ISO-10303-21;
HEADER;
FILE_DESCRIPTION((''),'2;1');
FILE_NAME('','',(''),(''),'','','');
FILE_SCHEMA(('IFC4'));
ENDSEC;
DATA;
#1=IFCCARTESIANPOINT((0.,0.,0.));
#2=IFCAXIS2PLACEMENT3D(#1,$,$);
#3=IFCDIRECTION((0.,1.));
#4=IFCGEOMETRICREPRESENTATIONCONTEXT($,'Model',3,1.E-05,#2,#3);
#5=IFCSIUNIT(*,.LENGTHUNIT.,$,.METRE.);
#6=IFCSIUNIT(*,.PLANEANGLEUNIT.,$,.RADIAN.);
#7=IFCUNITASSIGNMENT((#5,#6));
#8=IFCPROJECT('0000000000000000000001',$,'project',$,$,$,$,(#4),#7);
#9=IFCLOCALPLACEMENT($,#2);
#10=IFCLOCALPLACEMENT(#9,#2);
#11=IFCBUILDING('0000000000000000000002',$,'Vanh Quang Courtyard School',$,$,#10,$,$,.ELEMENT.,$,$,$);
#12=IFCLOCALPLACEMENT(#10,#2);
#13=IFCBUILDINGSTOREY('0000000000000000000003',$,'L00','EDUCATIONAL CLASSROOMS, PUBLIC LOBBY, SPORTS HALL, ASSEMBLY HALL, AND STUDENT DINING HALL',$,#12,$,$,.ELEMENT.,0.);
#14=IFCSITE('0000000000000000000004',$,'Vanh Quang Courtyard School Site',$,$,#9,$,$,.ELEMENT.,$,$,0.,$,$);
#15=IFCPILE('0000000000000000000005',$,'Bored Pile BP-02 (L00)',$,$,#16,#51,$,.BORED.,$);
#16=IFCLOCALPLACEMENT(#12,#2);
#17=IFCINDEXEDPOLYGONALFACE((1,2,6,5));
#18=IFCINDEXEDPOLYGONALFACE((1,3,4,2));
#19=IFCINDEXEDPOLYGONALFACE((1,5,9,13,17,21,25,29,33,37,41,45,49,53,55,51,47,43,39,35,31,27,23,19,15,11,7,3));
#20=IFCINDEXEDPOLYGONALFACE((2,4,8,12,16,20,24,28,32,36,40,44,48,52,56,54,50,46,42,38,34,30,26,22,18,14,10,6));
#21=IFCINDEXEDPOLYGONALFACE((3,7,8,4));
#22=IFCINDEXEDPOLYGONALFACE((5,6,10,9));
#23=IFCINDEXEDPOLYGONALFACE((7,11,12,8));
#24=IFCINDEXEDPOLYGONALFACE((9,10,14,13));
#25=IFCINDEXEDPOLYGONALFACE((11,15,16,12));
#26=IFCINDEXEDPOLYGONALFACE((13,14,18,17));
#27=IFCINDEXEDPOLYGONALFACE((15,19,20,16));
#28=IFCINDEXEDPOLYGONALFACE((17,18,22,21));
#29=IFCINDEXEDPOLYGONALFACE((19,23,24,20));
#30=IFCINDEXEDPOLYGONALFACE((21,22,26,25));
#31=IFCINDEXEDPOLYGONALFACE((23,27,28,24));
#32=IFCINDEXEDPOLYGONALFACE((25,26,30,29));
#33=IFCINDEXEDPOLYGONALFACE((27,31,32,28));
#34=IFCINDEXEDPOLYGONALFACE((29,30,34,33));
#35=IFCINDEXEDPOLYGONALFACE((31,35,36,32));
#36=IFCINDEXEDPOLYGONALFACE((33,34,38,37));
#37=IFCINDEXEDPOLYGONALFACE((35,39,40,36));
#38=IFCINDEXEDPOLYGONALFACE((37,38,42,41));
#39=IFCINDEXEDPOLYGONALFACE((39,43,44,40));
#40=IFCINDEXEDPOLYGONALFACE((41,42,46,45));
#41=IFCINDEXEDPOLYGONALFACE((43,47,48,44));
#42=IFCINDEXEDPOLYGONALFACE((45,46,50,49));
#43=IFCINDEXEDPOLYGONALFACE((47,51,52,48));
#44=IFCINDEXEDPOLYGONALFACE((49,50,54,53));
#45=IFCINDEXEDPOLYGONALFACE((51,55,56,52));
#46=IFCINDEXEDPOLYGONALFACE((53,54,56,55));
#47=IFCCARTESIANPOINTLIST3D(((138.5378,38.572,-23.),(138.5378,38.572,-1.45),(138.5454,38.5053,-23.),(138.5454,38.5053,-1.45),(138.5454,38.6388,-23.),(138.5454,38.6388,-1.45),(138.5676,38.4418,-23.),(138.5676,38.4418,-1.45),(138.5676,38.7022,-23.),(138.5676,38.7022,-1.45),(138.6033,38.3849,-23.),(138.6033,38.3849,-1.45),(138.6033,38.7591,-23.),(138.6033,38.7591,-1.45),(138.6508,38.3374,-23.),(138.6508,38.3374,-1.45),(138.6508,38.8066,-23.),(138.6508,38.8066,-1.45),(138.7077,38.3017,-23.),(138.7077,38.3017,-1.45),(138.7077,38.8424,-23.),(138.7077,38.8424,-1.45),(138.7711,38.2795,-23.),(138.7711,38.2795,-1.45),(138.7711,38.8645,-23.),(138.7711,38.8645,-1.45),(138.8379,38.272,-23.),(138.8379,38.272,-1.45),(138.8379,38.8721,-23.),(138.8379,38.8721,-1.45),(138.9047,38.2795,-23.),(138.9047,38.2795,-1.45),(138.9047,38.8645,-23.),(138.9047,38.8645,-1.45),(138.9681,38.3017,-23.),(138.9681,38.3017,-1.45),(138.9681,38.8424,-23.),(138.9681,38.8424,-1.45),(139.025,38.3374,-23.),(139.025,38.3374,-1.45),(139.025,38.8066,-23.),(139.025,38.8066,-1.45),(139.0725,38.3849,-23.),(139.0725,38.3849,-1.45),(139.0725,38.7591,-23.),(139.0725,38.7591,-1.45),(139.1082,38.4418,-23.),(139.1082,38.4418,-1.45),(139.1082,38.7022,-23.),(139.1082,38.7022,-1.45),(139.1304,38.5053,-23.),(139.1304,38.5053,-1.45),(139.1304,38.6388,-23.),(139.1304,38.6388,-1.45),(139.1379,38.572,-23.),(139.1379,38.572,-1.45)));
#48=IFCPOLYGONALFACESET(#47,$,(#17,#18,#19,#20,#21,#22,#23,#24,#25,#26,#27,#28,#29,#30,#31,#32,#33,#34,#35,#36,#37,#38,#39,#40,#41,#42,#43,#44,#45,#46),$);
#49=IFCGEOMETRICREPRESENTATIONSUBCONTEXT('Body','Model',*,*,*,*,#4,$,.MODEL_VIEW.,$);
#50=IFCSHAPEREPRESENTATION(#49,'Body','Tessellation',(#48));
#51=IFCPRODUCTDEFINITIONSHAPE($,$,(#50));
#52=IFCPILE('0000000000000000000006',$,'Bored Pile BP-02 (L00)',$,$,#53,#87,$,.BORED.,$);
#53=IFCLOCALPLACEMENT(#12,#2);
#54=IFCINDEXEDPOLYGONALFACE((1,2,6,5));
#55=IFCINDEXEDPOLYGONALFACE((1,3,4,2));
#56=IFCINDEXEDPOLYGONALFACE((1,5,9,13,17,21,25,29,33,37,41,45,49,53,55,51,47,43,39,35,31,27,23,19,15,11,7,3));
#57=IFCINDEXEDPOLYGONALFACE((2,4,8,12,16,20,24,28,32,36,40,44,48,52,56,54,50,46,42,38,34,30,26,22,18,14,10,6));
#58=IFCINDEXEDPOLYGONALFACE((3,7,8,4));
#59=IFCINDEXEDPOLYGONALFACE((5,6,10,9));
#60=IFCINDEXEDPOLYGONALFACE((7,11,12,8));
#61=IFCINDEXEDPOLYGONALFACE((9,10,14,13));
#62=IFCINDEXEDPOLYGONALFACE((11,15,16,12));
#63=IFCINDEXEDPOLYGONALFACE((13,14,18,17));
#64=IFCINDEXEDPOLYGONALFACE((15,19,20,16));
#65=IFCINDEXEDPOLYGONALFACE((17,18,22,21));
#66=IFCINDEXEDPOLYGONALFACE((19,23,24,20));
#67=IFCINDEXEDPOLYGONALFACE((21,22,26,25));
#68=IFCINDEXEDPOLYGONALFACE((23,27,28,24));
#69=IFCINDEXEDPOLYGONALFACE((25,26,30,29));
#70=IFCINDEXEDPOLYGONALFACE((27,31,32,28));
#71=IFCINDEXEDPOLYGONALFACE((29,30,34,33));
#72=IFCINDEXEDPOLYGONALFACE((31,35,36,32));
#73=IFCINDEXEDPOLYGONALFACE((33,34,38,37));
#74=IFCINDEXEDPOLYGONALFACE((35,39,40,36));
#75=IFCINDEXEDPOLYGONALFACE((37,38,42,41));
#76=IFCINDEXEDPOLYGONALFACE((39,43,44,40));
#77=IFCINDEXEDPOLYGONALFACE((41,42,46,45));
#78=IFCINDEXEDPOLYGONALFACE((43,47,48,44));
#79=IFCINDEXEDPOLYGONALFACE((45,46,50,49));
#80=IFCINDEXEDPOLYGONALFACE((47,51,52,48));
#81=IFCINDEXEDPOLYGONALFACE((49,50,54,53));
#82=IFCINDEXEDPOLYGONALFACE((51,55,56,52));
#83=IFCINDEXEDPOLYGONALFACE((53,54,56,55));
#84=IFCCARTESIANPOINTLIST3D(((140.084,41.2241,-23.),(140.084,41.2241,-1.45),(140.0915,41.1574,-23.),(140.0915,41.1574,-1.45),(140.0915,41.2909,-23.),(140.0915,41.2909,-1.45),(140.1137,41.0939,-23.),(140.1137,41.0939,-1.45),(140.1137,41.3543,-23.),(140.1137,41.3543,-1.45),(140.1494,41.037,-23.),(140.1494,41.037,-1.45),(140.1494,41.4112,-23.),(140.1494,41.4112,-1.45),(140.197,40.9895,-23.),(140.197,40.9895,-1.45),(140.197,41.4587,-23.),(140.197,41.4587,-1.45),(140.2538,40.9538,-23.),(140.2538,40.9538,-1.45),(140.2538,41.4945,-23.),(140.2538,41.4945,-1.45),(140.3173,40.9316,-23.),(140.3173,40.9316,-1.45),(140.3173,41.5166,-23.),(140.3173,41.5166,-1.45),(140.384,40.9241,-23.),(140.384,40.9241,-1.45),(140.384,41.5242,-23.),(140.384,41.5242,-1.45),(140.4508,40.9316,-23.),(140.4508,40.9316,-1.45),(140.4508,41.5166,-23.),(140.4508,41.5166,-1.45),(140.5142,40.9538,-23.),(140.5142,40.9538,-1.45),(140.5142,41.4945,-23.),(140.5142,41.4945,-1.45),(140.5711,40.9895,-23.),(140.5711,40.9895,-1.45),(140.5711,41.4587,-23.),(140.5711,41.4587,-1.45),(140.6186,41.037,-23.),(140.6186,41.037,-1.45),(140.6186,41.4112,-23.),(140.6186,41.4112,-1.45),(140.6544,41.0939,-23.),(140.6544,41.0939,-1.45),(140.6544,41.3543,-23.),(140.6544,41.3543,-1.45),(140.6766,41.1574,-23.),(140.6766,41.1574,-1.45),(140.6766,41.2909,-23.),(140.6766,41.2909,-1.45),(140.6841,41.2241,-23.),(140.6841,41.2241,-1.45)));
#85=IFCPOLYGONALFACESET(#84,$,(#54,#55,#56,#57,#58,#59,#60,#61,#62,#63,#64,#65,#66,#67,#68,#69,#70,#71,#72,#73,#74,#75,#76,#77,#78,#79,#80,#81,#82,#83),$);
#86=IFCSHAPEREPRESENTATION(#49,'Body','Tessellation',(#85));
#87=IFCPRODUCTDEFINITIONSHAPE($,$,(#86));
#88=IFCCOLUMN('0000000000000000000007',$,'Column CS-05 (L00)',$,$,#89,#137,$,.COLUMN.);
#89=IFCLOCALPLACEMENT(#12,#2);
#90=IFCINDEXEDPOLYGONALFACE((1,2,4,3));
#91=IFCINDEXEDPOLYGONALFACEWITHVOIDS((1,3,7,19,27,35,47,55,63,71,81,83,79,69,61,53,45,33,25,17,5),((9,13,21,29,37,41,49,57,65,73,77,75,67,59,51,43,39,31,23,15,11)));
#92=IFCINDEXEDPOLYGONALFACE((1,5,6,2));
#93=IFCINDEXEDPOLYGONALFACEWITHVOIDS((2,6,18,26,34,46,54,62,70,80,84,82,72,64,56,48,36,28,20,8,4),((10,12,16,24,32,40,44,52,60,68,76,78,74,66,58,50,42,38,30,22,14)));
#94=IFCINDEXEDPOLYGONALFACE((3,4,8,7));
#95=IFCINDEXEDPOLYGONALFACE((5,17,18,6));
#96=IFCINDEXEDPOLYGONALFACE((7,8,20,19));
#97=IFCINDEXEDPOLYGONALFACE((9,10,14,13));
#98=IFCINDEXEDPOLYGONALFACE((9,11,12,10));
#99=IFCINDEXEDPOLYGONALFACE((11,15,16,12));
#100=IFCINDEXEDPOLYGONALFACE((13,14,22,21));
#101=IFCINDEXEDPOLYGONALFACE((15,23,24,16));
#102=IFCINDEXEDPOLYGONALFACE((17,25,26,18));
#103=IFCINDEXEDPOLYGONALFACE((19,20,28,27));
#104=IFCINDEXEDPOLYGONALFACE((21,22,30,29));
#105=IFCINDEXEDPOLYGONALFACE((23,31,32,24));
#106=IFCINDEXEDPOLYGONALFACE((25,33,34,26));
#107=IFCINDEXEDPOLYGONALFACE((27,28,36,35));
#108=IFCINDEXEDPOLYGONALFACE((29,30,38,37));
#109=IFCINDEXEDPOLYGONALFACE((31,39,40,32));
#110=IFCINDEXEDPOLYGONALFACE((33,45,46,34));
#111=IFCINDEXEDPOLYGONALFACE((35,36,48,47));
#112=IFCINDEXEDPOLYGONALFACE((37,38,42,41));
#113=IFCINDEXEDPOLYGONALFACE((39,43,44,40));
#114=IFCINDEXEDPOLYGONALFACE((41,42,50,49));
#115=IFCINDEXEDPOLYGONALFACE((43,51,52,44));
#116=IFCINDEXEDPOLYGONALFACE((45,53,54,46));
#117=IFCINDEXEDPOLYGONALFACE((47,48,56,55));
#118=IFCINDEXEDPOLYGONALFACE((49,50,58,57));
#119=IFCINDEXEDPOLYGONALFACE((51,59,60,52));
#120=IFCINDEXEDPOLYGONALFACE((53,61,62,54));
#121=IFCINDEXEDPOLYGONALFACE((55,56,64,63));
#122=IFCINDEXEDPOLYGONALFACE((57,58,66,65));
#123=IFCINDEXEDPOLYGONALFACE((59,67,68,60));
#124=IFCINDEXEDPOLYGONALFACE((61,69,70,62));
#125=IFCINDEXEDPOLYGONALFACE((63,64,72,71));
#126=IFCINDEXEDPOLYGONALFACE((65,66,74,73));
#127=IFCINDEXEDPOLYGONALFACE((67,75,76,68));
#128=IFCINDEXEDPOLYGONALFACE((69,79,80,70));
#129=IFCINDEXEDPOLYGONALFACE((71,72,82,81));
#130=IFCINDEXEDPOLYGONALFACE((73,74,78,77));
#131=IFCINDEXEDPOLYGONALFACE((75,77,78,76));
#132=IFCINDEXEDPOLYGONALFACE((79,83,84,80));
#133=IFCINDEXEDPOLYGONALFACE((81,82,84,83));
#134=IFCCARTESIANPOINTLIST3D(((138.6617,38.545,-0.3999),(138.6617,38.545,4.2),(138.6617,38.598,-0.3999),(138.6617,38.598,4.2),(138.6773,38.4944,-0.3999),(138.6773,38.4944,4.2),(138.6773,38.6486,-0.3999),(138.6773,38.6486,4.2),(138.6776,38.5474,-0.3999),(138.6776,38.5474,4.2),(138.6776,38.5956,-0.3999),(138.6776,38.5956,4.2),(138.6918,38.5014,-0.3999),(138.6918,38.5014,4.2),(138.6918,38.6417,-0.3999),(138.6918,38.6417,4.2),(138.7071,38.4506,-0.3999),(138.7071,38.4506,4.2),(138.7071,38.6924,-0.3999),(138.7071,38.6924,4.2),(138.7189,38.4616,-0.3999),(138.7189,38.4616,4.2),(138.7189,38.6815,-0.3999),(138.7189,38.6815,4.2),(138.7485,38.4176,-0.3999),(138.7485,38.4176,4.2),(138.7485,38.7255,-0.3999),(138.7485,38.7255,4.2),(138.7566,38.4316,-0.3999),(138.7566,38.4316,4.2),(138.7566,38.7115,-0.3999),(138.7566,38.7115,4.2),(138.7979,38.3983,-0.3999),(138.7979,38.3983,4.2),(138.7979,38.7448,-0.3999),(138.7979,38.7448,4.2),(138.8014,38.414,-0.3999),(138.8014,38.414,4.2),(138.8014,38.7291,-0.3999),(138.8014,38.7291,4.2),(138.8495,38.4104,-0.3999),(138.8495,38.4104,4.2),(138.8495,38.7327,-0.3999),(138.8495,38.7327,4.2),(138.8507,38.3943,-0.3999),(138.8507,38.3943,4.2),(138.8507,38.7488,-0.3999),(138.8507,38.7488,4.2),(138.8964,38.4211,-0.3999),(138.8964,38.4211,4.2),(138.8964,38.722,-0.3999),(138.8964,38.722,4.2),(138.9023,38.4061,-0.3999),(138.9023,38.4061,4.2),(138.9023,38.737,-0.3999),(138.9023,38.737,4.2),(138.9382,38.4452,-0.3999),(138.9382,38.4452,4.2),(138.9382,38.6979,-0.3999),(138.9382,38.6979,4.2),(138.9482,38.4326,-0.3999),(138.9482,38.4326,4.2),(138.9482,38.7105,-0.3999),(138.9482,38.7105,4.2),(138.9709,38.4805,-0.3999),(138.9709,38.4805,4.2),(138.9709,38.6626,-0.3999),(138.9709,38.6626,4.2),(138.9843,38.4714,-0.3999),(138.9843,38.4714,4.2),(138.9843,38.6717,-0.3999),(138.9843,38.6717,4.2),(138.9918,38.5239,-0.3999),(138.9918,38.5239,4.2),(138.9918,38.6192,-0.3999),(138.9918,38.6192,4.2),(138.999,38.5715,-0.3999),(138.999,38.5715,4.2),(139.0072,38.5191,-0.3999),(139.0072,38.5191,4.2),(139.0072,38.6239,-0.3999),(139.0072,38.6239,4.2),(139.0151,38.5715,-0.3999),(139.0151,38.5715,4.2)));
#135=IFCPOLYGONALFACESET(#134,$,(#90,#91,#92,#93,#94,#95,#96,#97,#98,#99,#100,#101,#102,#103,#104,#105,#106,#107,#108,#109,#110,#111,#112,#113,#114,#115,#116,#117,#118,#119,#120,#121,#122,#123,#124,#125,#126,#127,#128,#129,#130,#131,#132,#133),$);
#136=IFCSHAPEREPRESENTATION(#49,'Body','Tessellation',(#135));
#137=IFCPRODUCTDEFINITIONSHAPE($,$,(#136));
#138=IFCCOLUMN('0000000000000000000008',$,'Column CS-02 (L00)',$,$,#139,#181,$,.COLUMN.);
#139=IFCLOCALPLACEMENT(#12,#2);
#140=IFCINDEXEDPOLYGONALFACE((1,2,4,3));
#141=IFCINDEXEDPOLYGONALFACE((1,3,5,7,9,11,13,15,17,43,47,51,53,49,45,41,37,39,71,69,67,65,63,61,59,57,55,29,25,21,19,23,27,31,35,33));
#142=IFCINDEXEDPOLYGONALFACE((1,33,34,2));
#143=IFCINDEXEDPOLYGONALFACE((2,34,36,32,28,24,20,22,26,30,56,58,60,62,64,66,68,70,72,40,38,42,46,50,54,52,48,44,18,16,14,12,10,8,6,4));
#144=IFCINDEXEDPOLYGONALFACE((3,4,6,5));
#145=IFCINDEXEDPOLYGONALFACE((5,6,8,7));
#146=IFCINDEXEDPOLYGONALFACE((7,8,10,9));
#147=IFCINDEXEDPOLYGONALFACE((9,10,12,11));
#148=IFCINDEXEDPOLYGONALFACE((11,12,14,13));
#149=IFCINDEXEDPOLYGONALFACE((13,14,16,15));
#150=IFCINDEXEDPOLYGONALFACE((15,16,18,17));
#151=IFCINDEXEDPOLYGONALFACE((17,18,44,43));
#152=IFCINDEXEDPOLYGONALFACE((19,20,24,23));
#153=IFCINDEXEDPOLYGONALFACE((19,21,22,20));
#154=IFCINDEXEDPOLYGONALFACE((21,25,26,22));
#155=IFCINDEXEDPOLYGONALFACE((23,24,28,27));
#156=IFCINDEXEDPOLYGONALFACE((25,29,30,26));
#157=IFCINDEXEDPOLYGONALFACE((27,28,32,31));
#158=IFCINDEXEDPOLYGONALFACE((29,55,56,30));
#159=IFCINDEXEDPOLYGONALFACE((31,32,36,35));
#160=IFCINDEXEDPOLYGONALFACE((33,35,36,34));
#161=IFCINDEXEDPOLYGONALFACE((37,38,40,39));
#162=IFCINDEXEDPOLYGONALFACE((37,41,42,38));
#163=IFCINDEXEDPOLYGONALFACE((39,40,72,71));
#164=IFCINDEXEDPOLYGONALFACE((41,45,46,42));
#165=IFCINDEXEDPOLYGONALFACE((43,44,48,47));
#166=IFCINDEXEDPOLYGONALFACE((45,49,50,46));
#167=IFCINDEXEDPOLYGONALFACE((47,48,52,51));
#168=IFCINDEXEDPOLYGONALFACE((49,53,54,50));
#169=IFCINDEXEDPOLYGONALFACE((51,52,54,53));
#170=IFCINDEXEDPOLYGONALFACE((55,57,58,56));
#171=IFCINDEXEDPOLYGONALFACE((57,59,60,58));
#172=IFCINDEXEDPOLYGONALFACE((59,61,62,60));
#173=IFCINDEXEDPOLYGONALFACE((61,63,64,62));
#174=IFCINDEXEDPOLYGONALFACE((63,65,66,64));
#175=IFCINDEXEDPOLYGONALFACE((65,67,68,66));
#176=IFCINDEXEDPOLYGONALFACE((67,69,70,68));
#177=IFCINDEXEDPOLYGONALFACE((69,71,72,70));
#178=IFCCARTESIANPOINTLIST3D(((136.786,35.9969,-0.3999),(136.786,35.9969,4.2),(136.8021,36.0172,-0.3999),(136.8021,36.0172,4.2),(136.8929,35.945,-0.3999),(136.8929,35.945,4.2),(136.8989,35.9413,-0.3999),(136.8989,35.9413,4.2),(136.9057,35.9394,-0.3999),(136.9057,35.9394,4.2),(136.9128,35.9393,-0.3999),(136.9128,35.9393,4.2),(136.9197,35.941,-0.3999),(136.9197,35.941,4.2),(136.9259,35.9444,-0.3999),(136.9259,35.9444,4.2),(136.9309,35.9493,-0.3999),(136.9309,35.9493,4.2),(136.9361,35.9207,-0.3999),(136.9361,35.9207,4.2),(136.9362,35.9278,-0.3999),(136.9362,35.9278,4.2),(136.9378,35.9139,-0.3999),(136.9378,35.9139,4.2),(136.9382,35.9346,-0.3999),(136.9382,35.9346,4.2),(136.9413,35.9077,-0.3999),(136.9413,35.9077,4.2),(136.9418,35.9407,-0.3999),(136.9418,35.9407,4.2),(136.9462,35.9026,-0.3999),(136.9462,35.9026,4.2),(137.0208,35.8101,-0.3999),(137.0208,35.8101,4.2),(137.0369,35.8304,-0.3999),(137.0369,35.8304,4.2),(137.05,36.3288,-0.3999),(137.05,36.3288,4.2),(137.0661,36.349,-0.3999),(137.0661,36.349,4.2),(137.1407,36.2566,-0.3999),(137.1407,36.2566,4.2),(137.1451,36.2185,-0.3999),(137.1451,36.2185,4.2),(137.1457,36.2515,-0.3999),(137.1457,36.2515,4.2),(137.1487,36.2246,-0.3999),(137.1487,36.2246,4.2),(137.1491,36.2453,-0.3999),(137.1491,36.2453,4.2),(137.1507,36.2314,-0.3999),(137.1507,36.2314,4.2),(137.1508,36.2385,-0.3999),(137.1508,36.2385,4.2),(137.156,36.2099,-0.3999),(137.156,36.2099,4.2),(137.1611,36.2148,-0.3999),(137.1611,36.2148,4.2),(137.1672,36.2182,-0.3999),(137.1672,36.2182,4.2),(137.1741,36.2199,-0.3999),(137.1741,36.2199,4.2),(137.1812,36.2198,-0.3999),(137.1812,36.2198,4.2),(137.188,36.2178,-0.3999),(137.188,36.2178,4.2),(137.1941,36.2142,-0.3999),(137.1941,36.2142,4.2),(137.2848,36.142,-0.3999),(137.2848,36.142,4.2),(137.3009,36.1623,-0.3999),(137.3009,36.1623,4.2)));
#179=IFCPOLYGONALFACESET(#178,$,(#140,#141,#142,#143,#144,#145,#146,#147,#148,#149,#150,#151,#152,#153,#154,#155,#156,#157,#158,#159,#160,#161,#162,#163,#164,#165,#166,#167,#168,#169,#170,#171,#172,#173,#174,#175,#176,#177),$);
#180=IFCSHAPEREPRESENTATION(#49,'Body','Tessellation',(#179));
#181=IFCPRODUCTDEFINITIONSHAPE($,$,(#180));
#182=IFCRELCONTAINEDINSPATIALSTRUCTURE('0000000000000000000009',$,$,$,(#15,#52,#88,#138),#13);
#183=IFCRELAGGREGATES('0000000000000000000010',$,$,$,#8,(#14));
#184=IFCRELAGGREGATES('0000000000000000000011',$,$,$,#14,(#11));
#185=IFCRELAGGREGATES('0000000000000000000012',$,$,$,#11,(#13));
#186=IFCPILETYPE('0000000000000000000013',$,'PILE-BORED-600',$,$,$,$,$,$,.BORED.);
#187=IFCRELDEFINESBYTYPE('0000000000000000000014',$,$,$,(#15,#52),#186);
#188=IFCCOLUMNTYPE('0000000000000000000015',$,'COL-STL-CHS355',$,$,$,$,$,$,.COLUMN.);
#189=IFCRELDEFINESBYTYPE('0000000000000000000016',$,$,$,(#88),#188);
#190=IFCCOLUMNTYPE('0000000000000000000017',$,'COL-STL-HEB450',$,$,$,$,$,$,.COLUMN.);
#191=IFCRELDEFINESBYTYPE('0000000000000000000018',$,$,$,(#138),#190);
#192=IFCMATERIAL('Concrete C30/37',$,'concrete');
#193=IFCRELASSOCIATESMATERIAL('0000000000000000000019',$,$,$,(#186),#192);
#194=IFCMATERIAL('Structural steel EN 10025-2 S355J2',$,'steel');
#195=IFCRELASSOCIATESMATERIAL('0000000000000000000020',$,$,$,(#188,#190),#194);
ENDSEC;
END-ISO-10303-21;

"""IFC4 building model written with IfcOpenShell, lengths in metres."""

from ifc_helpers import new_model, si_unit, direction, frame, origin, origin_2d, place, context, subcontext, project, spatial, circle, hollow_circle, i_section, extrude, material, material_profile, profile_set, type_object, element, save


model = new_model("IFC4")

# Units and contexts
model_context = context("Model", 3, precision=1e-05, world=origin(), true_north=direction((0.0, 1.0)))
body_context = subcontext(model_context, "Body", "Model", "MODEL_VIEW")
ifc_project = project(units=[si_unit("LENGTHUNIT", "METRE"), si_unit("PLANEANGLEUNIT", "RADIAN")], contexts=[model_context])

# Site, building, storey
site_placement = place(None, origin())
site = spatial("IfcSite", under=ifc_project, at=site_placement, Name="Vanh Quang Courtyard School Site", CompositionType="ELEMENT", RefElevation=0.0)
building_placement = place(site_placement, origin())
building = spatial("IfcBuilding", under=site, at=building_placement, Name="Vanh Quang Courtyard School", CompositionType="ELEMENT")
storey_placement = place(building_placement, origin())
storey = spatial("IfcBuildingStorey", under=building, at=storey_placement, Name="L00", Description="EDUCATIONAL CLASSROOMS, PUBLIC LOBBY, SPORTS HALL, ASSEMBLY HALL, AND STUDENT DINING HALL", CompositionType="ELEMENT", Elevation=0.0)

# Piles
ifc_material_1 = material(Name="Concrete C30/37", Category="concrete")
ifc_material_profile_1 = material_profile(ifc_material_1, circle(Radius=0.3, at=origin_2d()), Name="PILE D600")
ifc_profile_set_1 = profile_set([ifc_material_profile_1], Name="Concrete C30/37")
pile_type_1 = type_object("IfcPileType", Name="PILE-BORED-600", PredefinedType="BORED", material=ifc_profile_set_1)
for number, where, z_axis, x_axis, name in (
    (1, (138.8379, 38.572, -1.45), (0.0, 0.0, -1.0), (1.0, 0.0, 0.0), "Bored Pile BP-02 (L00)"),
    (2, (140.384, 41.2241, -1.45), (0.0, 0.0, -1.0), (1.0, 0.0, 0.0), "Bored Pile BP-02 (L00)"),
):
    element("IfcPile", number, at=place(storey_placement, frame(where, z_axis=z_axis, x_axis=x_axis)), inside=storey, type_object=pile_type_1, Name=name, PredefinedType="BORED", context=body_context, shape_type="SweptSolid", body=[
        extrude(circle(Radius=0.3, at=origin_2d()), origin(), (0.0, 0.0, 1.0), 21.55),
    ])

# Columns
ifc_material_2 = material(Name="Structural steel EN 10025-2 S355J2", Category="steel")
ifc_material_profile_2 = material_profile(ifc_material_2, hollow_circle(Radius=0.1777, WallThickness=0.0161, at=origin_2d()), Name="CHS 355.6x16")
ifc_profile_set_2 = profile_set([ifc_material_profile_2], Name="Structural steel EN 10025-2 S355J2")
column_type_1 = type_object("IfcColumnType", Name="COL-STL-CHS355", PredefinedType="COLUMN", material=ifc_profile_set_2)
column_placement = place(storey_placement, frame((138.8374, 38.5715, -0.3999), z_axis=(0.0, 0.0, 1.0), x_axis=(1.0, 0.0, 0.0)))
element("IfcColumn", 3, at=column_placement, inside=storey, type_object=column_type_1, Name="Column CS-05 (L00)", PredefinedType="COLUMN", context=body_context, shape_type="SweptSolid", body=[
    extrude(hollow_circle(Radius=0.1777, WallThickness=0.0161, at=origin_2d()), origin(), (0.0, 0.0, 1.0), 4.5999),
])
ifc_material_profile_3 = material_profile(ifc_material_2, i_section(OverallWidth=0.3, OverallDepth=0.45, WebThickness=0.0139, FlangeThickness=0.0259, FilletRadius=0.0271, at=origin_2d()), Name="HEB 450")
ifc_profile_set_3 = profile_set([ifc_material_profile_3], Name="Structural steel EN 10025-2 S355J2")
column_type_2 = type_object("IfcColumnType", Name="COL-STL-HEB450", PredefinedType="COLUMN", material=ifc_profile_set_3)
for number, where, z_axis, x_axis, name in (
    (4, (137.0435, 36.0796, -0.3999), (0.0, 0.0, 1.0), (0.782608, -0.622515, 0.0), "Column CS-02 (L00)"),
):
    element("IfcColumn", number, at=place(storey_placement, frame(where, z_axis=z_axis, x_axis=x_axis)), inside=storey, type_object=column_type_2, Name=name, PredefinedType="COLUMN", context=body_context, shape_type="SweptSolid", body=[
        extrude(i_section(OverallWidth=0.3, OverallDepth=0.45, WebThickness=0.0139, FlangeThickness=0.0259, FilletRadius=0.0271, at=origin_2d()), origin(), (0.0, 0.0, 1.0), 4.5999),
    ])

save(model, "model.ifc")
